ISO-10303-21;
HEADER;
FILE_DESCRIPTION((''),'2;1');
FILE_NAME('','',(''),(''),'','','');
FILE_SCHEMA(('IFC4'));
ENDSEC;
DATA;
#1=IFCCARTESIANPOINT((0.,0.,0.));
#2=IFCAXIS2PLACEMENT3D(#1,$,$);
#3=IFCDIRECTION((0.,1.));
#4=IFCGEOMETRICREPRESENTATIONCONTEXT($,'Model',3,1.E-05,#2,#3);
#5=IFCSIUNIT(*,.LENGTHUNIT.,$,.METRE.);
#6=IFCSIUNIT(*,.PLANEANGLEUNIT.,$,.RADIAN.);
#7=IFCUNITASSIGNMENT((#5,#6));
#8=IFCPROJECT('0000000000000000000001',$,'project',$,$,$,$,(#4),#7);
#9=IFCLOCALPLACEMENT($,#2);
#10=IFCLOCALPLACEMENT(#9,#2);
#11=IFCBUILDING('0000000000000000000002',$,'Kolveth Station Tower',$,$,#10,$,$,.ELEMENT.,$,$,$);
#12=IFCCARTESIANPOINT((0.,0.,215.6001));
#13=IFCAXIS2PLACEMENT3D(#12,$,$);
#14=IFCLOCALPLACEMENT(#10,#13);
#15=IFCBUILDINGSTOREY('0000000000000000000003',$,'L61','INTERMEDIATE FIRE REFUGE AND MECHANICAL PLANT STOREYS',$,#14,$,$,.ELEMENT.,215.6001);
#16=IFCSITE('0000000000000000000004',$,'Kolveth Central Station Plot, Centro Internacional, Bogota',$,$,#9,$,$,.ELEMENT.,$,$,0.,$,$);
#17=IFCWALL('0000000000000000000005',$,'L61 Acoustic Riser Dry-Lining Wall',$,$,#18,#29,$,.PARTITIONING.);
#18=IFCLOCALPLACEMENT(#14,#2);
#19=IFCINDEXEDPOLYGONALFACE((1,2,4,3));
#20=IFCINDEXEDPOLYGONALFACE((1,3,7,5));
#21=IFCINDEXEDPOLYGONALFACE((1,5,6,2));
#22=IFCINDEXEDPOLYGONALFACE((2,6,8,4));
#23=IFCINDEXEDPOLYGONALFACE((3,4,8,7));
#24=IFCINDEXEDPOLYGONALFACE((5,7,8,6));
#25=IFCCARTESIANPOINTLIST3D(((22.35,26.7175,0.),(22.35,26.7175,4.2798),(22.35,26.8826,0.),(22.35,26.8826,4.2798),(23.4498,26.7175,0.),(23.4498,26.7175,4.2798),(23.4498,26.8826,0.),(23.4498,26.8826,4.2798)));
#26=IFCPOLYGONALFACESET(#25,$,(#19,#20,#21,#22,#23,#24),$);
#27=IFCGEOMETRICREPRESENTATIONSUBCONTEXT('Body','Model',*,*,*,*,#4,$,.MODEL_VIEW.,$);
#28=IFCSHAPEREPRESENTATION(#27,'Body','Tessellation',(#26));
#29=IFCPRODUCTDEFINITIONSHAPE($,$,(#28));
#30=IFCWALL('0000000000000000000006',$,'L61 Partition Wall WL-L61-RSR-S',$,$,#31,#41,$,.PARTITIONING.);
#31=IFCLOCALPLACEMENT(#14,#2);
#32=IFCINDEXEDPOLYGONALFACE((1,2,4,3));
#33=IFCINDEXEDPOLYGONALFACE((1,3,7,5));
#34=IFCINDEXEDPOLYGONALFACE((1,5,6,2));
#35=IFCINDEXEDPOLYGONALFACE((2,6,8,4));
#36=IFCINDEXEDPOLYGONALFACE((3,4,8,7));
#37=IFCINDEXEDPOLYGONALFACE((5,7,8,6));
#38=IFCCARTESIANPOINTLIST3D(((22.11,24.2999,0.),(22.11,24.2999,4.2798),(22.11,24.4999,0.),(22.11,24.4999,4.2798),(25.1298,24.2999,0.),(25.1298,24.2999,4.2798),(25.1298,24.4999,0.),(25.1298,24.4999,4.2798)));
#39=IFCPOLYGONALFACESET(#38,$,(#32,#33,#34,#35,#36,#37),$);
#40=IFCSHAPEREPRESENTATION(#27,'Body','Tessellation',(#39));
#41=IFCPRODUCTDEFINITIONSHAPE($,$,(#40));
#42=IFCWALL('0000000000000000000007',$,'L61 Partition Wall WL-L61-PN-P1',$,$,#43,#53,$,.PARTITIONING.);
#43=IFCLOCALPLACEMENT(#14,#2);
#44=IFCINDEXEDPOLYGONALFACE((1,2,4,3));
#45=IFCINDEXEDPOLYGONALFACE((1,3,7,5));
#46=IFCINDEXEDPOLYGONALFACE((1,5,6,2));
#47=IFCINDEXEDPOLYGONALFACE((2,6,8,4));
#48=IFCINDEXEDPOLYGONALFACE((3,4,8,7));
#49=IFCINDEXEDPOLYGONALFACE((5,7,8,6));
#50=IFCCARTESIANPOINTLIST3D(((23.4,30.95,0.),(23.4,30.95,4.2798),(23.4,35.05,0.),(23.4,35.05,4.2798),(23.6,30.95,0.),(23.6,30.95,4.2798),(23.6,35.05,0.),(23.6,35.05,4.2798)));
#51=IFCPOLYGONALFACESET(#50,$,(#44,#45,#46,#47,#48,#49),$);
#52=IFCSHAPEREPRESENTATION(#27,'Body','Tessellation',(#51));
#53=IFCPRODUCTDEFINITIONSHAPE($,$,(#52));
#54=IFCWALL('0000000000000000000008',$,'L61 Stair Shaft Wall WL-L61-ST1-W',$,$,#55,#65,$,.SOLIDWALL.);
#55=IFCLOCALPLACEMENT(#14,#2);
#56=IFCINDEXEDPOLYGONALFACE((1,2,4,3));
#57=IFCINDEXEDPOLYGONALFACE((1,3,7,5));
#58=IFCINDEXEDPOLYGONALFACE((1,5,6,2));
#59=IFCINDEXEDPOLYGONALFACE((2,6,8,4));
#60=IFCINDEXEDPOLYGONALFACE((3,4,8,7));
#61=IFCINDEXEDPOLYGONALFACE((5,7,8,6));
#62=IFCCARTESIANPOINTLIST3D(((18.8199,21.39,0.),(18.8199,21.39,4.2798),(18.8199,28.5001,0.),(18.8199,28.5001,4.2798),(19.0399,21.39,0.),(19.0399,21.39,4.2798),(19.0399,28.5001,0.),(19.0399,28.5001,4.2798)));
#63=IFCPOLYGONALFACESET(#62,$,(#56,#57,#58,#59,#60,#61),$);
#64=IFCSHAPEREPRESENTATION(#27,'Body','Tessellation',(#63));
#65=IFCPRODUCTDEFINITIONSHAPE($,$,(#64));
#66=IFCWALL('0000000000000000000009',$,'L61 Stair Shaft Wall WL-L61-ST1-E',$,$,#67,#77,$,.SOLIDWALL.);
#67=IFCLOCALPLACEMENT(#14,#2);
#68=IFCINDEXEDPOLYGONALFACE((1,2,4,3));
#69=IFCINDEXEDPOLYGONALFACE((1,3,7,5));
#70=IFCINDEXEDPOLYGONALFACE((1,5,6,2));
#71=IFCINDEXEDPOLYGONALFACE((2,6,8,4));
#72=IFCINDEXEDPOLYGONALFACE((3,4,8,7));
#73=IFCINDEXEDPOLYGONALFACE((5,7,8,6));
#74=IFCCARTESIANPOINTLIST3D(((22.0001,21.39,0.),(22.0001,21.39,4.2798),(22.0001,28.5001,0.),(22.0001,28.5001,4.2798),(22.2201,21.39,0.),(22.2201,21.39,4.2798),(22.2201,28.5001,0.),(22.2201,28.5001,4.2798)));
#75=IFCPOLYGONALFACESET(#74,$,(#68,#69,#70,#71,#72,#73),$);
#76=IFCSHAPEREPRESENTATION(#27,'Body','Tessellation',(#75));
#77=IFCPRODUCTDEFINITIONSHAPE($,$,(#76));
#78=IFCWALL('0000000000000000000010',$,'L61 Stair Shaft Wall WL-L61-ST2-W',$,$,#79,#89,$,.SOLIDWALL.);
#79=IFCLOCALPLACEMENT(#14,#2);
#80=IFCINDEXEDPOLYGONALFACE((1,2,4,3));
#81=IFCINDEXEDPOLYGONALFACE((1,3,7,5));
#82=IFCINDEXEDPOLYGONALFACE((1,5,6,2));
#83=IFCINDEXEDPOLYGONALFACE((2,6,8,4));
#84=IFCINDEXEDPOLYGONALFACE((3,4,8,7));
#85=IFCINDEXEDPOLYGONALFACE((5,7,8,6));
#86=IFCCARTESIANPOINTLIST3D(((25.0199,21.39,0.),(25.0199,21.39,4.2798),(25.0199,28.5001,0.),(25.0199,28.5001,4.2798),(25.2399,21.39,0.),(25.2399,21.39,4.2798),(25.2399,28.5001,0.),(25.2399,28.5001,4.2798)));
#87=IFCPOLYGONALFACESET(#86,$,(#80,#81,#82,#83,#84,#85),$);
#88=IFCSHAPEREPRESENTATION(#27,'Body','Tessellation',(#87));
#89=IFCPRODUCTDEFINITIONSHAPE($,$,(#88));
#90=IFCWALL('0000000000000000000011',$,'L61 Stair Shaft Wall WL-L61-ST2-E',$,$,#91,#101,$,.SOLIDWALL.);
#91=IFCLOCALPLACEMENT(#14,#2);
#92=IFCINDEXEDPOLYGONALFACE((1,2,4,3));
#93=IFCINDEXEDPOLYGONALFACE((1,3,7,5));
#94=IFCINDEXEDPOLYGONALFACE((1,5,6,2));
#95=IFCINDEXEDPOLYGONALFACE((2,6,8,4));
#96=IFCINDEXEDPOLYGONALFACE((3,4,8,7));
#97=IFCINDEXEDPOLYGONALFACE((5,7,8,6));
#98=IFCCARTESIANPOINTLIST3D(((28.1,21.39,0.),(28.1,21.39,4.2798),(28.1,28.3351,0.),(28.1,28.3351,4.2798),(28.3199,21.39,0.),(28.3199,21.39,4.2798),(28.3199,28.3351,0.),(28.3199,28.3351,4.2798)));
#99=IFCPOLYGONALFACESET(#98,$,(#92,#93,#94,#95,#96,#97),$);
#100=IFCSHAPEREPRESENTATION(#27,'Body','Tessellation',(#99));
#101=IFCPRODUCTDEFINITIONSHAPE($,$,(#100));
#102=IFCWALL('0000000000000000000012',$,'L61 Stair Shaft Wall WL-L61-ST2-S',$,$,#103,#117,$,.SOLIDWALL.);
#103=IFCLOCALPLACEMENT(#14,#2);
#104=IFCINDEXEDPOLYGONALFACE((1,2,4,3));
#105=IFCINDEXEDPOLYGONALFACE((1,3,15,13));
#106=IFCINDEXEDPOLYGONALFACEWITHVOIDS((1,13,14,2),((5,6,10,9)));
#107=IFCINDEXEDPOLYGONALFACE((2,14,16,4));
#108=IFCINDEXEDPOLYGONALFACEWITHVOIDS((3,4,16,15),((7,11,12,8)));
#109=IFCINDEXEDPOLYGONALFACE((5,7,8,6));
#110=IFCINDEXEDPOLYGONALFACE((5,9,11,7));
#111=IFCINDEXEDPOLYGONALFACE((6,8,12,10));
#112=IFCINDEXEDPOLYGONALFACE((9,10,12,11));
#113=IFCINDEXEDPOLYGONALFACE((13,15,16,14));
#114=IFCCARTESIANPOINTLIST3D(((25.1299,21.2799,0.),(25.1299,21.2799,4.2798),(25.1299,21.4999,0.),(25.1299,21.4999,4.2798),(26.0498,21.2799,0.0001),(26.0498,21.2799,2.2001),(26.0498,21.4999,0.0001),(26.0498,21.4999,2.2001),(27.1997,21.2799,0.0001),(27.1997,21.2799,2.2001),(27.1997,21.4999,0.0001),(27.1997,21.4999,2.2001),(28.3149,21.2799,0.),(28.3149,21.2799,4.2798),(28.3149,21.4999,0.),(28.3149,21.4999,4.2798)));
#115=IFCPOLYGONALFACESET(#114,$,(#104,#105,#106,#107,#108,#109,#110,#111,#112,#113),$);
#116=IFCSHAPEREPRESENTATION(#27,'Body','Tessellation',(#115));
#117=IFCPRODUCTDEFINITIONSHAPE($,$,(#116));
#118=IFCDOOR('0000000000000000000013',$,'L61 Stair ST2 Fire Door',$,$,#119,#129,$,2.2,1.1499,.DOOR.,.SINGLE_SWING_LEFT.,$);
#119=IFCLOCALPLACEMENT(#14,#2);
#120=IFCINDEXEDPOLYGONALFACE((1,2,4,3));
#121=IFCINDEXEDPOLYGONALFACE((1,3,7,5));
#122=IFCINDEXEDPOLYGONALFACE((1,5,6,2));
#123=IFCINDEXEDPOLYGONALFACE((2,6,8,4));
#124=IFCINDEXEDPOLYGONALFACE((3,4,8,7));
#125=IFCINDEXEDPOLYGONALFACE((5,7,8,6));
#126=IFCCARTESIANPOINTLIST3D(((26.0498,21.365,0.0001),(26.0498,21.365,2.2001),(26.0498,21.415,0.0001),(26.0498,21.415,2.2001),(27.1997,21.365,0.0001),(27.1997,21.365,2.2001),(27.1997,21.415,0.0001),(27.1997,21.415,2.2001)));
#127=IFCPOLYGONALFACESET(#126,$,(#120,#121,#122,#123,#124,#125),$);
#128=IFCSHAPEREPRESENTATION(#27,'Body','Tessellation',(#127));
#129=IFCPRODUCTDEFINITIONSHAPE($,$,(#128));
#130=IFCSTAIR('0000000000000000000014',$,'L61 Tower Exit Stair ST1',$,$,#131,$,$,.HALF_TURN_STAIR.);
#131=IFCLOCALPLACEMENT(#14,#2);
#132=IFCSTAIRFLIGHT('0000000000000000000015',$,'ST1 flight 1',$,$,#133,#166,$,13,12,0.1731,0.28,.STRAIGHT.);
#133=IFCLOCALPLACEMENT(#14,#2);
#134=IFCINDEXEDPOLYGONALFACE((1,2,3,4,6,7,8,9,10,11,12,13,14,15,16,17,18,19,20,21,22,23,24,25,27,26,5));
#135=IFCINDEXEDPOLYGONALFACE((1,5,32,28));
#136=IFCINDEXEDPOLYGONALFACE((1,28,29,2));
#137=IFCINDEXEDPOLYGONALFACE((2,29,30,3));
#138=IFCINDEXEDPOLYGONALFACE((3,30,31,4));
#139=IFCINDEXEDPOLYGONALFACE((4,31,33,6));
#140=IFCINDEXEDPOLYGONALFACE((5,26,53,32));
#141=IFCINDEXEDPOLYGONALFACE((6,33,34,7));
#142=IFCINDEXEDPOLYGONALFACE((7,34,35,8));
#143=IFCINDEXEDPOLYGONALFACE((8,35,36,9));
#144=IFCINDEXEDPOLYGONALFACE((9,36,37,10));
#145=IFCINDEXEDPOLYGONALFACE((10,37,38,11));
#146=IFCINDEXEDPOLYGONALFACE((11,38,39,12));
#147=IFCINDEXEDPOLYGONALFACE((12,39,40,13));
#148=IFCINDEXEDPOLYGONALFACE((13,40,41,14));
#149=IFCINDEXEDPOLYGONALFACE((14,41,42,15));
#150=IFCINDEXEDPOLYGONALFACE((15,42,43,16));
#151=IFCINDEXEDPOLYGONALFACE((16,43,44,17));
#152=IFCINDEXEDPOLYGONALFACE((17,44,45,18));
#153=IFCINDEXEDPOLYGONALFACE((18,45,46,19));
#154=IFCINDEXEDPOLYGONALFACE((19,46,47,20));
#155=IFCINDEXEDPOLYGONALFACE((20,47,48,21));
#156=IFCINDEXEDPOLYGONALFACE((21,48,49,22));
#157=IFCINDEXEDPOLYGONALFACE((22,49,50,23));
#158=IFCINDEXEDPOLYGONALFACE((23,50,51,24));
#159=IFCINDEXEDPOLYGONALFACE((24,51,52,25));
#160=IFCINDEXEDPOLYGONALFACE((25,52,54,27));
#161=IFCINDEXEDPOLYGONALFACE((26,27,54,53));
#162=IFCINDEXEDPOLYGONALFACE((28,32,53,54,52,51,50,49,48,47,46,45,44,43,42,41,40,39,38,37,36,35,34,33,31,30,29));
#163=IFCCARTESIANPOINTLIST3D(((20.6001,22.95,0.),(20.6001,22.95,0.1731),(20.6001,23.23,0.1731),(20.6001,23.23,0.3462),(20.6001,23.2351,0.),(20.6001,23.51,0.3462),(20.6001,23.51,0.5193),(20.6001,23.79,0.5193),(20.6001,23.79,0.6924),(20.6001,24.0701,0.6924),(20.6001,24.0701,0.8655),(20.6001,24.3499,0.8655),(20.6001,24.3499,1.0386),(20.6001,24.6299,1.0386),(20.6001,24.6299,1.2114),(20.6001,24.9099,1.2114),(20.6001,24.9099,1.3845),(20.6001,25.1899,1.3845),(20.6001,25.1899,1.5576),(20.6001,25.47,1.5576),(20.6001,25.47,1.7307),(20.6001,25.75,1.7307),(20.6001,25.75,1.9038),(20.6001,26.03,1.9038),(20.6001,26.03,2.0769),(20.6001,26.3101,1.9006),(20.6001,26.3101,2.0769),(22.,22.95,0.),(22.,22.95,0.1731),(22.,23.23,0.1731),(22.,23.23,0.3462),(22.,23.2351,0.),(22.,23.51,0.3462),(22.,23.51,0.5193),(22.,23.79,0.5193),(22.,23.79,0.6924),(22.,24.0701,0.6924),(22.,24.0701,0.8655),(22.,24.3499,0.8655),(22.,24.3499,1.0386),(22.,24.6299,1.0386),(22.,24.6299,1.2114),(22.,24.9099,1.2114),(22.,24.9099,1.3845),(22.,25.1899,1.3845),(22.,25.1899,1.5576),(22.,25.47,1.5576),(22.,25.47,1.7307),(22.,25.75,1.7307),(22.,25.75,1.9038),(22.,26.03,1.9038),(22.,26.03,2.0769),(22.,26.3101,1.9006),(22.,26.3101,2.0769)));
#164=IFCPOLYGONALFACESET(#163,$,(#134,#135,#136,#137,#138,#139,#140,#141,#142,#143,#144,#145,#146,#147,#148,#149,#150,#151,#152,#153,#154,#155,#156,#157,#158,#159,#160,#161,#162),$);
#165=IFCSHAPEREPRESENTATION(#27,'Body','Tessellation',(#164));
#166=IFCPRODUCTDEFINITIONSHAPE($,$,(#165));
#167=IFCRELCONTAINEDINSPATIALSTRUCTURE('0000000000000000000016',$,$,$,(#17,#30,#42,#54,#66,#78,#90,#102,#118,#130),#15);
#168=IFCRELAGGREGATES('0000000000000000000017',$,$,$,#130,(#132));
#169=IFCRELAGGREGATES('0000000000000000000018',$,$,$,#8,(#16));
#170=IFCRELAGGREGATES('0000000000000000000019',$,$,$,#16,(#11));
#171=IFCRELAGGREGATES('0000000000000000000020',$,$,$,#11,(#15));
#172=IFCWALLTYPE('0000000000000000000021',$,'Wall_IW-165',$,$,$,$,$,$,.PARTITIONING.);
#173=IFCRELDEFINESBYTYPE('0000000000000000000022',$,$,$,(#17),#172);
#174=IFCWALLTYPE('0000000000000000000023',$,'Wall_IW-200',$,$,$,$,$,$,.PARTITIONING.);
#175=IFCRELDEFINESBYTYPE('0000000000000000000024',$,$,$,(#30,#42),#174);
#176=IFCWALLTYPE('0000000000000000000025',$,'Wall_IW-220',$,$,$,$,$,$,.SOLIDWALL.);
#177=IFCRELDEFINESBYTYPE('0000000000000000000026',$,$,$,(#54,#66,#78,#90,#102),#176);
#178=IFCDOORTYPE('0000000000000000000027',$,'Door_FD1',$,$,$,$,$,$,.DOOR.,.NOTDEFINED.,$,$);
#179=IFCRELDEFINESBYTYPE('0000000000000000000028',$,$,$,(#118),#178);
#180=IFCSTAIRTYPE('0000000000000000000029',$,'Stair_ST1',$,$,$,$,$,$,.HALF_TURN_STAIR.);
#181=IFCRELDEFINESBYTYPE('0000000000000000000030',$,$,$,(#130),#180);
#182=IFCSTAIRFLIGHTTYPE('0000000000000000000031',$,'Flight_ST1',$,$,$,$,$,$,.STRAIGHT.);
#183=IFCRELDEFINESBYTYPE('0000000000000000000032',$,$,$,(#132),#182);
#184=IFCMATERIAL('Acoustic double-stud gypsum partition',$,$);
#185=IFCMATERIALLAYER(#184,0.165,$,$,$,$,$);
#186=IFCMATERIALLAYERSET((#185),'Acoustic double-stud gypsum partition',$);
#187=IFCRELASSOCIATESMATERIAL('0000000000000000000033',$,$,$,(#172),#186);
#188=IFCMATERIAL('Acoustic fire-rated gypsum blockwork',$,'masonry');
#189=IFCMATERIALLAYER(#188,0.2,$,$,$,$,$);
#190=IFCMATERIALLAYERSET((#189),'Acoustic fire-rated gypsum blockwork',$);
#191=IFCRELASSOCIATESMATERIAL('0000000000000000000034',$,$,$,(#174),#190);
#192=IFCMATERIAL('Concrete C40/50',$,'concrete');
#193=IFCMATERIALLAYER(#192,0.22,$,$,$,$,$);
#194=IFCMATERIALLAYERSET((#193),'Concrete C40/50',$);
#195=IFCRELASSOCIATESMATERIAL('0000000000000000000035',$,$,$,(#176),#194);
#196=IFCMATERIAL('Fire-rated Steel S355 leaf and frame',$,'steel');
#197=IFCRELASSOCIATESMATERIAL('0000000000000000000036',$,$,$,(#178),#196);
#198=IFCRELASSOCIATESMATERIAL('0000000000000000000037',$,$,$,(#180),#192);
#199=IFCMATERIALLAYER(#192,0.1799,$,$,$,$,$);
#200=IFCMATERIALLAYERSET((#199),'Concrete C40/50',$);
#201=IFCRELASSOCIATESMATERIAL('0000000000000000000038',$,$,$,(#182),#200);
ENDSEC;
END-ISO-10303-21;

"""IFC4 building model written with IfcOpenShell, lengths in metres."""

from ifc_helpers import new_model, si_unit, direction, frame, frame_2d, origin, place, context, subcontext, project, spatial, polyline, rectangle, outline, extrude, material, layer, layer_set, type_object, element, fill, aggregate, save


model = new_model("IFC4")

# Units and contexts
model_context = context("Model", 3, precision=1e-05, world=origin(), true_north=direction((0.0, 1.0)))
body_context = subcontext(model_context, "Body", "Model", "MODEL_VIEW")
ifc_project = project(units=[si_unit("LENGTHUNIT", "METRE"), si_unit("PLANEANGLEUNIT", "RADIAN")], contexts=[model_context])

# Site, building, storey
site_placement = place(None, origin())
site = spatial("IfcSite", under=ifc_project, at=site_placement, Name="Kolveth Central Station Plot, Centro Internacional, Bogota", CompositionType="ELEMENT", RefElevation=0.0)
building_placement = place(site_placement, origin())
building = spatial("IfcBuilding", under=site, at=building_placement, Name="Kolveth Station Tower", CompositionType="ELEMENT")
storey_placement = place(building_placement, frame((0.0, 0.0, 215.6001)))
storey = spatial("IfcBuildingStorey", under=building, at=storey_placement, Name="L61", Description="INTERMEDIATE FIRE REFUGE AND MECHANICAL PLANT STOREYS", CompositionType="ELEMENT", Elevation=215.6001)

# Walls
ifc_material_1 = material(Name="Acoustic double-stud gypsum partition")
ifc_layer_1 = layer(ifc_material_1, 0.165)
ifc_layer_set_1 = layer_set([ifc_layer_1], Name="Acoustic double-stud gypsum partition")
wall_type_1 = type_object("IfcWallType", Name="Wall_IW-165", PredefinedType="PARTITIONING", material=ifc_layer_set_1)
wall_1_placement = place(storey_placement, frame((22.3501, 26.8, 0.0), z_axis=(0.0, 0.0, 1.0), x_axis=(1.0, 0.0, 0.0)))
element("IfcWall", 1, at=wall_1_placement, inside=storey, type_object=wall_type_1, Name="L61 Acoustic Riser Dry-Lining Wall", PredefinedType="PARTITIONING", context=body_context, shape_type="SweptSolid", body=[
    extrude(rectangle(XDim=1.0999, YDim=0.165, at=frame_2d((0.5498, 0.0))), origin(), (0.0, 0.0, 1.0), 4.2798),
])
ifc_material_2 = material(Name="Acoustic fire-rated gypsum blockwork", Category="masonry")
ifc_layer_2 = layer(ifc_material_2, 0.2)
ifc_layer_set_2 = layer_set([ifc_layer_2], Name="Acoustic fire-rated gypsum blockwork")
wall_type_2 = type_object("IfcWallType", Name="Wall_IW-200", PredefinedType="PARTITIONING", material=ifc_layer_set_2)
wall_2_placement = place(storey_placement, frame((22.1101, 24.3999, 0.0), z_axis=(0.0, 0.0, 1.0), x_axis=(1.0, 0.0, 0.0)))
element("IfcWall", 2, at=wall_2_placement, inside=storey, type_object=wall_type_2, Name="L61 Partition Wall WL-L61-RSR-S", PredefinedType="PARTITIONING", context=body_context, shape_type="SweptSolid", body=[
    extrude(rectangle(XDim=3.0198, YDim=0.2, at=frame_2d((1.5098, 0.0))), origin(), (0.0, 0.0, 1.0), 4.2798),
])
wall_3_placement = place(storey_placement, frame((23.5, 30.95, 0.0), z_axis=(0.0, 0.0, 1.0), x_axis=(0.0, 1.0, 0.0)))
element("IfcWall", 3, at=wall_3_placement, inside=storey, type_object=wall_type_2, Name="L61 Partition Wall WL-L61-PN-P1", PredefinedType="PARTITIONING", context=body_context, shape_type="SweptSolid", body=[
    extrude(rectangle(XDim=4.1001, YDim=0.2, at=frame_2d((2.05, 0.0))), origin(), (0.0, 0.0, 1.0), 4.2798),
])
ifc_material_3 = material(Name="Concrete C40/50", Category="concrete")
ifc_layer_3 = layer(ifc_material_3, 0.22)
ifc_layer_set_3 = layer_set([ifc_layer_3], Name="Concrete C40/50")
wall_type_3 = type_object("IfcWallType", Name="Wall_IW-220", PredefinedType="SOLIDWALL", material=ifc_layer_set_3)
for number, where, z_axis, x_axis, name in (
    (4, (18.9299, 21.3899, 0.0), (0.0, 0.0, 1.0), (0.0, 1.0, 0.0), "L61 Stair Shaft Wall WL-L61-ST1-W"),
    (5, (22.1101, 21.3899, 0.0), (0.0, 0.0, 1.0), (0.0, 1.0, 0.0), "L61 Stair Shaft Wall WL-L61-ST1-E"),
    (6, (25.1299, 21.3899, 0.0), (0.0, 0.0, 1.0), (0.0, 1.0, 0.0), "L61 Stair Shaft Wall WL-L61-ST2-W"),
):
    element("IfcWall", number, at=place(storey_placement, frame(where, z_axis=z_axis, x_axis=x_axis)), inside=storey, type_object=wall_type_3, Name=name, PredefinedType="SOLIDWALL", context=body_context, shape_type="SweptSolid", body=[
        extrude(rectangle(XDim=7.1101, YDim=0.22, at=frame_2d((3.5552, 0.0))), origin(), (0.0, 0.0, 1.0), 4.2798),
    ])
wall_4_placement = place(storey_placement, frame((28.21, 21.3899, 0.0), z_axis=(0.0, 0.0, 1.0), x_axis=(0.0, 1.0, 0.0)))
element("IfcWall", 7, at=wall_4_placement, inside=storey, type_object=wall_type_3, Name="L61 Stair Shaft Wall WL-L61-ST2-E", PredefinedType="SOLIDWALL", context=body_context, shape_type="SweptSolid", body=[
    extrude(rectangle(XDim=6.9451, YDim=0.22, at=frame_2d((3.4727, 0.0))), origin(), (0.0, 0.0, 1.0), 4.2798),
])

# Wall, opening, door
wall_5_placement = place(storey_placement, frame((25.1299, 21.3899, 0.0), z_axis=(0.0, 0.0, 1.0), x_axis=(1.0, 0.0, 0.0)))
wall_5 = element("IfcWall", 8, at=wall_5_placement, inside=storey, type_object=wall_type_3, Name="L61 Stair Shaft Wall WL-L61-ST2-S", PredefinedType="SOLIDWALL", context=body_context, shape_type="SweptSolid", body=[
    extrude(rectangle(XDim=3.1851, YDim=0.22, at=frame_2d((1.5925, 0.0))), origin(), (0.0, 0.0, 1.0), 4.2798),
])
opening_placement = place(wall_5_placement, frame((0.9199, 0.0, 0.0)))
opening = element("IfcOpeningElement", 9, at=opening_placement, cuts=wall_5, PredefinedType="OPENING", context=body_context, shape_type="SweptSolid", body=[
    extrude(rectangle(XDim=1.1499, YDim=2.2, at=frame_2d((0.575, 1.1001))), frame((0.0, 0.1199, 0.0), z_axis=(0.0, -1.0, 0.0), x_axis=(1.0, 0.0, 0.0)), (0.0, 0.0, 1.0), 0.24),
])
ifc_material_4 = material(Name="Fire-rated Steel S355 leaf and frame", Category="steel")
door_type = type_object("IfcDoorType", Name="Door_FD1", OperationType="NOTDEFINED", PredefinedType="DOOR", material=ifc_material_4)
door_placement = place(opening_placement, frame((1.1499, 0.0, 0.0), z_axis=(0.0, 0.0, 1.0), x_axis=(-1.0, 0.0, 0.0)))
door = element("IfcDoor", 10, at=door_placement, inside=storey, type_object=door_type, Name="L61 Stair ST2 Fire Door", OperationType="SINGLE_SWING_LEFT", OverallHeight=2.2, OverallWidth=1.1499, PredefinedType="DOOR", context=body_context, shape_type="SweptSolid", body=[
    extrude(rectangle(XDim=1.1499, YDim=2.2, at=frame_2d((0.575, 1.1001))), frame((0.0, 0.0249, 0.0), z_axis=(0.0, -1.0, 0.0), x_axis=(1.0, 0.0, 0.0)), (0.0, 0.0, 1.0), 0.05),
])
fill(opening, door)

# Stair, stair flight
stair_type_1 = type_object("IfcStairType", Name="Stair_ST1", PredefinedType="HALF_TURN_STAIR", material=ifc_material_3)
stair_1_placement = place(storey_placement, origin())
stair_1 = element("IfcStair", 11, at=stair_1_placement, inside=storey, type_object=stair_type_1, Name="L61 Tower Exit Stair ST1", PredefinedType="HALF_TURN_STAIR")
ifc_layer_4 = layer(ifc_material_3, 0.1799)
ifc_layer_set_4 = layer_set([ifc_layer_4], Name="Concrete C40/50")
stair_flight_type_1 = type_object("IfcStairFlightType", Name="Flight_ST1", PredefinedType="STRAIGHT", material=ifc_layer_set_4)
stair_flight_1_placement = place(storey_placement, frame((21.3, 22.95, 0.0), z_axis=(0.0, 0.0, 1.0), x_axis=(0.0, 1.0, 0.0)))
stair_flight_1 = element("IfcStairFlight", 12, at=stair_flight_1_placement, type_object=stair_flight_type_1, Name="ST1 flight 1", NumberOfRisers=13, NumberOfTreads=12, PredefinedType="STRAIGHT", RiserHeight=0.1731, TreadLength=0.28, context=body_context, shape_type="SweptSolid", body=[
    extrude(outline(polyline([(0.0, 0.0), (0.0, 0.1731), (0.28, 0.1731), (0.28, 0.3462), (0.5601, 0.3462), (0.5601, 0.5193), (0.8401, 0.5193), (0.8401, 0.6924), (1.1201, 0.6924), (1.1201, 0.8655), (1.3999, 0.8655), (1.3999, 1.0386), (1.6799, 1.0386), (1.6799, 1.2114), (1.96, 1.2114), (1.96, 1.3845), (2.24, 1.3845), (2.24, 1.5576), (2.52, 1.5576), (2.52, 1.7307), (2.8, 1.7307), (2.8, 1.9038), (3.0801, 1.9038), (3.0801, 2.0769), (3.3601, 2.0769), (3.3601, 2.25), (3.3601, 1.9006), (0.2852, 0.0), (0.0, 0.0)])), frame((0.0, 0.7, 0.0), z_axis=(0.0, -1.0, 0.0), x_axis=(1.0, 0.0, 0.0)), (0.0, 0.0, 1.0), 1.3999),
])
aggregate(stair_1, [stair_flight_1])

save(model, "model.ifc")
